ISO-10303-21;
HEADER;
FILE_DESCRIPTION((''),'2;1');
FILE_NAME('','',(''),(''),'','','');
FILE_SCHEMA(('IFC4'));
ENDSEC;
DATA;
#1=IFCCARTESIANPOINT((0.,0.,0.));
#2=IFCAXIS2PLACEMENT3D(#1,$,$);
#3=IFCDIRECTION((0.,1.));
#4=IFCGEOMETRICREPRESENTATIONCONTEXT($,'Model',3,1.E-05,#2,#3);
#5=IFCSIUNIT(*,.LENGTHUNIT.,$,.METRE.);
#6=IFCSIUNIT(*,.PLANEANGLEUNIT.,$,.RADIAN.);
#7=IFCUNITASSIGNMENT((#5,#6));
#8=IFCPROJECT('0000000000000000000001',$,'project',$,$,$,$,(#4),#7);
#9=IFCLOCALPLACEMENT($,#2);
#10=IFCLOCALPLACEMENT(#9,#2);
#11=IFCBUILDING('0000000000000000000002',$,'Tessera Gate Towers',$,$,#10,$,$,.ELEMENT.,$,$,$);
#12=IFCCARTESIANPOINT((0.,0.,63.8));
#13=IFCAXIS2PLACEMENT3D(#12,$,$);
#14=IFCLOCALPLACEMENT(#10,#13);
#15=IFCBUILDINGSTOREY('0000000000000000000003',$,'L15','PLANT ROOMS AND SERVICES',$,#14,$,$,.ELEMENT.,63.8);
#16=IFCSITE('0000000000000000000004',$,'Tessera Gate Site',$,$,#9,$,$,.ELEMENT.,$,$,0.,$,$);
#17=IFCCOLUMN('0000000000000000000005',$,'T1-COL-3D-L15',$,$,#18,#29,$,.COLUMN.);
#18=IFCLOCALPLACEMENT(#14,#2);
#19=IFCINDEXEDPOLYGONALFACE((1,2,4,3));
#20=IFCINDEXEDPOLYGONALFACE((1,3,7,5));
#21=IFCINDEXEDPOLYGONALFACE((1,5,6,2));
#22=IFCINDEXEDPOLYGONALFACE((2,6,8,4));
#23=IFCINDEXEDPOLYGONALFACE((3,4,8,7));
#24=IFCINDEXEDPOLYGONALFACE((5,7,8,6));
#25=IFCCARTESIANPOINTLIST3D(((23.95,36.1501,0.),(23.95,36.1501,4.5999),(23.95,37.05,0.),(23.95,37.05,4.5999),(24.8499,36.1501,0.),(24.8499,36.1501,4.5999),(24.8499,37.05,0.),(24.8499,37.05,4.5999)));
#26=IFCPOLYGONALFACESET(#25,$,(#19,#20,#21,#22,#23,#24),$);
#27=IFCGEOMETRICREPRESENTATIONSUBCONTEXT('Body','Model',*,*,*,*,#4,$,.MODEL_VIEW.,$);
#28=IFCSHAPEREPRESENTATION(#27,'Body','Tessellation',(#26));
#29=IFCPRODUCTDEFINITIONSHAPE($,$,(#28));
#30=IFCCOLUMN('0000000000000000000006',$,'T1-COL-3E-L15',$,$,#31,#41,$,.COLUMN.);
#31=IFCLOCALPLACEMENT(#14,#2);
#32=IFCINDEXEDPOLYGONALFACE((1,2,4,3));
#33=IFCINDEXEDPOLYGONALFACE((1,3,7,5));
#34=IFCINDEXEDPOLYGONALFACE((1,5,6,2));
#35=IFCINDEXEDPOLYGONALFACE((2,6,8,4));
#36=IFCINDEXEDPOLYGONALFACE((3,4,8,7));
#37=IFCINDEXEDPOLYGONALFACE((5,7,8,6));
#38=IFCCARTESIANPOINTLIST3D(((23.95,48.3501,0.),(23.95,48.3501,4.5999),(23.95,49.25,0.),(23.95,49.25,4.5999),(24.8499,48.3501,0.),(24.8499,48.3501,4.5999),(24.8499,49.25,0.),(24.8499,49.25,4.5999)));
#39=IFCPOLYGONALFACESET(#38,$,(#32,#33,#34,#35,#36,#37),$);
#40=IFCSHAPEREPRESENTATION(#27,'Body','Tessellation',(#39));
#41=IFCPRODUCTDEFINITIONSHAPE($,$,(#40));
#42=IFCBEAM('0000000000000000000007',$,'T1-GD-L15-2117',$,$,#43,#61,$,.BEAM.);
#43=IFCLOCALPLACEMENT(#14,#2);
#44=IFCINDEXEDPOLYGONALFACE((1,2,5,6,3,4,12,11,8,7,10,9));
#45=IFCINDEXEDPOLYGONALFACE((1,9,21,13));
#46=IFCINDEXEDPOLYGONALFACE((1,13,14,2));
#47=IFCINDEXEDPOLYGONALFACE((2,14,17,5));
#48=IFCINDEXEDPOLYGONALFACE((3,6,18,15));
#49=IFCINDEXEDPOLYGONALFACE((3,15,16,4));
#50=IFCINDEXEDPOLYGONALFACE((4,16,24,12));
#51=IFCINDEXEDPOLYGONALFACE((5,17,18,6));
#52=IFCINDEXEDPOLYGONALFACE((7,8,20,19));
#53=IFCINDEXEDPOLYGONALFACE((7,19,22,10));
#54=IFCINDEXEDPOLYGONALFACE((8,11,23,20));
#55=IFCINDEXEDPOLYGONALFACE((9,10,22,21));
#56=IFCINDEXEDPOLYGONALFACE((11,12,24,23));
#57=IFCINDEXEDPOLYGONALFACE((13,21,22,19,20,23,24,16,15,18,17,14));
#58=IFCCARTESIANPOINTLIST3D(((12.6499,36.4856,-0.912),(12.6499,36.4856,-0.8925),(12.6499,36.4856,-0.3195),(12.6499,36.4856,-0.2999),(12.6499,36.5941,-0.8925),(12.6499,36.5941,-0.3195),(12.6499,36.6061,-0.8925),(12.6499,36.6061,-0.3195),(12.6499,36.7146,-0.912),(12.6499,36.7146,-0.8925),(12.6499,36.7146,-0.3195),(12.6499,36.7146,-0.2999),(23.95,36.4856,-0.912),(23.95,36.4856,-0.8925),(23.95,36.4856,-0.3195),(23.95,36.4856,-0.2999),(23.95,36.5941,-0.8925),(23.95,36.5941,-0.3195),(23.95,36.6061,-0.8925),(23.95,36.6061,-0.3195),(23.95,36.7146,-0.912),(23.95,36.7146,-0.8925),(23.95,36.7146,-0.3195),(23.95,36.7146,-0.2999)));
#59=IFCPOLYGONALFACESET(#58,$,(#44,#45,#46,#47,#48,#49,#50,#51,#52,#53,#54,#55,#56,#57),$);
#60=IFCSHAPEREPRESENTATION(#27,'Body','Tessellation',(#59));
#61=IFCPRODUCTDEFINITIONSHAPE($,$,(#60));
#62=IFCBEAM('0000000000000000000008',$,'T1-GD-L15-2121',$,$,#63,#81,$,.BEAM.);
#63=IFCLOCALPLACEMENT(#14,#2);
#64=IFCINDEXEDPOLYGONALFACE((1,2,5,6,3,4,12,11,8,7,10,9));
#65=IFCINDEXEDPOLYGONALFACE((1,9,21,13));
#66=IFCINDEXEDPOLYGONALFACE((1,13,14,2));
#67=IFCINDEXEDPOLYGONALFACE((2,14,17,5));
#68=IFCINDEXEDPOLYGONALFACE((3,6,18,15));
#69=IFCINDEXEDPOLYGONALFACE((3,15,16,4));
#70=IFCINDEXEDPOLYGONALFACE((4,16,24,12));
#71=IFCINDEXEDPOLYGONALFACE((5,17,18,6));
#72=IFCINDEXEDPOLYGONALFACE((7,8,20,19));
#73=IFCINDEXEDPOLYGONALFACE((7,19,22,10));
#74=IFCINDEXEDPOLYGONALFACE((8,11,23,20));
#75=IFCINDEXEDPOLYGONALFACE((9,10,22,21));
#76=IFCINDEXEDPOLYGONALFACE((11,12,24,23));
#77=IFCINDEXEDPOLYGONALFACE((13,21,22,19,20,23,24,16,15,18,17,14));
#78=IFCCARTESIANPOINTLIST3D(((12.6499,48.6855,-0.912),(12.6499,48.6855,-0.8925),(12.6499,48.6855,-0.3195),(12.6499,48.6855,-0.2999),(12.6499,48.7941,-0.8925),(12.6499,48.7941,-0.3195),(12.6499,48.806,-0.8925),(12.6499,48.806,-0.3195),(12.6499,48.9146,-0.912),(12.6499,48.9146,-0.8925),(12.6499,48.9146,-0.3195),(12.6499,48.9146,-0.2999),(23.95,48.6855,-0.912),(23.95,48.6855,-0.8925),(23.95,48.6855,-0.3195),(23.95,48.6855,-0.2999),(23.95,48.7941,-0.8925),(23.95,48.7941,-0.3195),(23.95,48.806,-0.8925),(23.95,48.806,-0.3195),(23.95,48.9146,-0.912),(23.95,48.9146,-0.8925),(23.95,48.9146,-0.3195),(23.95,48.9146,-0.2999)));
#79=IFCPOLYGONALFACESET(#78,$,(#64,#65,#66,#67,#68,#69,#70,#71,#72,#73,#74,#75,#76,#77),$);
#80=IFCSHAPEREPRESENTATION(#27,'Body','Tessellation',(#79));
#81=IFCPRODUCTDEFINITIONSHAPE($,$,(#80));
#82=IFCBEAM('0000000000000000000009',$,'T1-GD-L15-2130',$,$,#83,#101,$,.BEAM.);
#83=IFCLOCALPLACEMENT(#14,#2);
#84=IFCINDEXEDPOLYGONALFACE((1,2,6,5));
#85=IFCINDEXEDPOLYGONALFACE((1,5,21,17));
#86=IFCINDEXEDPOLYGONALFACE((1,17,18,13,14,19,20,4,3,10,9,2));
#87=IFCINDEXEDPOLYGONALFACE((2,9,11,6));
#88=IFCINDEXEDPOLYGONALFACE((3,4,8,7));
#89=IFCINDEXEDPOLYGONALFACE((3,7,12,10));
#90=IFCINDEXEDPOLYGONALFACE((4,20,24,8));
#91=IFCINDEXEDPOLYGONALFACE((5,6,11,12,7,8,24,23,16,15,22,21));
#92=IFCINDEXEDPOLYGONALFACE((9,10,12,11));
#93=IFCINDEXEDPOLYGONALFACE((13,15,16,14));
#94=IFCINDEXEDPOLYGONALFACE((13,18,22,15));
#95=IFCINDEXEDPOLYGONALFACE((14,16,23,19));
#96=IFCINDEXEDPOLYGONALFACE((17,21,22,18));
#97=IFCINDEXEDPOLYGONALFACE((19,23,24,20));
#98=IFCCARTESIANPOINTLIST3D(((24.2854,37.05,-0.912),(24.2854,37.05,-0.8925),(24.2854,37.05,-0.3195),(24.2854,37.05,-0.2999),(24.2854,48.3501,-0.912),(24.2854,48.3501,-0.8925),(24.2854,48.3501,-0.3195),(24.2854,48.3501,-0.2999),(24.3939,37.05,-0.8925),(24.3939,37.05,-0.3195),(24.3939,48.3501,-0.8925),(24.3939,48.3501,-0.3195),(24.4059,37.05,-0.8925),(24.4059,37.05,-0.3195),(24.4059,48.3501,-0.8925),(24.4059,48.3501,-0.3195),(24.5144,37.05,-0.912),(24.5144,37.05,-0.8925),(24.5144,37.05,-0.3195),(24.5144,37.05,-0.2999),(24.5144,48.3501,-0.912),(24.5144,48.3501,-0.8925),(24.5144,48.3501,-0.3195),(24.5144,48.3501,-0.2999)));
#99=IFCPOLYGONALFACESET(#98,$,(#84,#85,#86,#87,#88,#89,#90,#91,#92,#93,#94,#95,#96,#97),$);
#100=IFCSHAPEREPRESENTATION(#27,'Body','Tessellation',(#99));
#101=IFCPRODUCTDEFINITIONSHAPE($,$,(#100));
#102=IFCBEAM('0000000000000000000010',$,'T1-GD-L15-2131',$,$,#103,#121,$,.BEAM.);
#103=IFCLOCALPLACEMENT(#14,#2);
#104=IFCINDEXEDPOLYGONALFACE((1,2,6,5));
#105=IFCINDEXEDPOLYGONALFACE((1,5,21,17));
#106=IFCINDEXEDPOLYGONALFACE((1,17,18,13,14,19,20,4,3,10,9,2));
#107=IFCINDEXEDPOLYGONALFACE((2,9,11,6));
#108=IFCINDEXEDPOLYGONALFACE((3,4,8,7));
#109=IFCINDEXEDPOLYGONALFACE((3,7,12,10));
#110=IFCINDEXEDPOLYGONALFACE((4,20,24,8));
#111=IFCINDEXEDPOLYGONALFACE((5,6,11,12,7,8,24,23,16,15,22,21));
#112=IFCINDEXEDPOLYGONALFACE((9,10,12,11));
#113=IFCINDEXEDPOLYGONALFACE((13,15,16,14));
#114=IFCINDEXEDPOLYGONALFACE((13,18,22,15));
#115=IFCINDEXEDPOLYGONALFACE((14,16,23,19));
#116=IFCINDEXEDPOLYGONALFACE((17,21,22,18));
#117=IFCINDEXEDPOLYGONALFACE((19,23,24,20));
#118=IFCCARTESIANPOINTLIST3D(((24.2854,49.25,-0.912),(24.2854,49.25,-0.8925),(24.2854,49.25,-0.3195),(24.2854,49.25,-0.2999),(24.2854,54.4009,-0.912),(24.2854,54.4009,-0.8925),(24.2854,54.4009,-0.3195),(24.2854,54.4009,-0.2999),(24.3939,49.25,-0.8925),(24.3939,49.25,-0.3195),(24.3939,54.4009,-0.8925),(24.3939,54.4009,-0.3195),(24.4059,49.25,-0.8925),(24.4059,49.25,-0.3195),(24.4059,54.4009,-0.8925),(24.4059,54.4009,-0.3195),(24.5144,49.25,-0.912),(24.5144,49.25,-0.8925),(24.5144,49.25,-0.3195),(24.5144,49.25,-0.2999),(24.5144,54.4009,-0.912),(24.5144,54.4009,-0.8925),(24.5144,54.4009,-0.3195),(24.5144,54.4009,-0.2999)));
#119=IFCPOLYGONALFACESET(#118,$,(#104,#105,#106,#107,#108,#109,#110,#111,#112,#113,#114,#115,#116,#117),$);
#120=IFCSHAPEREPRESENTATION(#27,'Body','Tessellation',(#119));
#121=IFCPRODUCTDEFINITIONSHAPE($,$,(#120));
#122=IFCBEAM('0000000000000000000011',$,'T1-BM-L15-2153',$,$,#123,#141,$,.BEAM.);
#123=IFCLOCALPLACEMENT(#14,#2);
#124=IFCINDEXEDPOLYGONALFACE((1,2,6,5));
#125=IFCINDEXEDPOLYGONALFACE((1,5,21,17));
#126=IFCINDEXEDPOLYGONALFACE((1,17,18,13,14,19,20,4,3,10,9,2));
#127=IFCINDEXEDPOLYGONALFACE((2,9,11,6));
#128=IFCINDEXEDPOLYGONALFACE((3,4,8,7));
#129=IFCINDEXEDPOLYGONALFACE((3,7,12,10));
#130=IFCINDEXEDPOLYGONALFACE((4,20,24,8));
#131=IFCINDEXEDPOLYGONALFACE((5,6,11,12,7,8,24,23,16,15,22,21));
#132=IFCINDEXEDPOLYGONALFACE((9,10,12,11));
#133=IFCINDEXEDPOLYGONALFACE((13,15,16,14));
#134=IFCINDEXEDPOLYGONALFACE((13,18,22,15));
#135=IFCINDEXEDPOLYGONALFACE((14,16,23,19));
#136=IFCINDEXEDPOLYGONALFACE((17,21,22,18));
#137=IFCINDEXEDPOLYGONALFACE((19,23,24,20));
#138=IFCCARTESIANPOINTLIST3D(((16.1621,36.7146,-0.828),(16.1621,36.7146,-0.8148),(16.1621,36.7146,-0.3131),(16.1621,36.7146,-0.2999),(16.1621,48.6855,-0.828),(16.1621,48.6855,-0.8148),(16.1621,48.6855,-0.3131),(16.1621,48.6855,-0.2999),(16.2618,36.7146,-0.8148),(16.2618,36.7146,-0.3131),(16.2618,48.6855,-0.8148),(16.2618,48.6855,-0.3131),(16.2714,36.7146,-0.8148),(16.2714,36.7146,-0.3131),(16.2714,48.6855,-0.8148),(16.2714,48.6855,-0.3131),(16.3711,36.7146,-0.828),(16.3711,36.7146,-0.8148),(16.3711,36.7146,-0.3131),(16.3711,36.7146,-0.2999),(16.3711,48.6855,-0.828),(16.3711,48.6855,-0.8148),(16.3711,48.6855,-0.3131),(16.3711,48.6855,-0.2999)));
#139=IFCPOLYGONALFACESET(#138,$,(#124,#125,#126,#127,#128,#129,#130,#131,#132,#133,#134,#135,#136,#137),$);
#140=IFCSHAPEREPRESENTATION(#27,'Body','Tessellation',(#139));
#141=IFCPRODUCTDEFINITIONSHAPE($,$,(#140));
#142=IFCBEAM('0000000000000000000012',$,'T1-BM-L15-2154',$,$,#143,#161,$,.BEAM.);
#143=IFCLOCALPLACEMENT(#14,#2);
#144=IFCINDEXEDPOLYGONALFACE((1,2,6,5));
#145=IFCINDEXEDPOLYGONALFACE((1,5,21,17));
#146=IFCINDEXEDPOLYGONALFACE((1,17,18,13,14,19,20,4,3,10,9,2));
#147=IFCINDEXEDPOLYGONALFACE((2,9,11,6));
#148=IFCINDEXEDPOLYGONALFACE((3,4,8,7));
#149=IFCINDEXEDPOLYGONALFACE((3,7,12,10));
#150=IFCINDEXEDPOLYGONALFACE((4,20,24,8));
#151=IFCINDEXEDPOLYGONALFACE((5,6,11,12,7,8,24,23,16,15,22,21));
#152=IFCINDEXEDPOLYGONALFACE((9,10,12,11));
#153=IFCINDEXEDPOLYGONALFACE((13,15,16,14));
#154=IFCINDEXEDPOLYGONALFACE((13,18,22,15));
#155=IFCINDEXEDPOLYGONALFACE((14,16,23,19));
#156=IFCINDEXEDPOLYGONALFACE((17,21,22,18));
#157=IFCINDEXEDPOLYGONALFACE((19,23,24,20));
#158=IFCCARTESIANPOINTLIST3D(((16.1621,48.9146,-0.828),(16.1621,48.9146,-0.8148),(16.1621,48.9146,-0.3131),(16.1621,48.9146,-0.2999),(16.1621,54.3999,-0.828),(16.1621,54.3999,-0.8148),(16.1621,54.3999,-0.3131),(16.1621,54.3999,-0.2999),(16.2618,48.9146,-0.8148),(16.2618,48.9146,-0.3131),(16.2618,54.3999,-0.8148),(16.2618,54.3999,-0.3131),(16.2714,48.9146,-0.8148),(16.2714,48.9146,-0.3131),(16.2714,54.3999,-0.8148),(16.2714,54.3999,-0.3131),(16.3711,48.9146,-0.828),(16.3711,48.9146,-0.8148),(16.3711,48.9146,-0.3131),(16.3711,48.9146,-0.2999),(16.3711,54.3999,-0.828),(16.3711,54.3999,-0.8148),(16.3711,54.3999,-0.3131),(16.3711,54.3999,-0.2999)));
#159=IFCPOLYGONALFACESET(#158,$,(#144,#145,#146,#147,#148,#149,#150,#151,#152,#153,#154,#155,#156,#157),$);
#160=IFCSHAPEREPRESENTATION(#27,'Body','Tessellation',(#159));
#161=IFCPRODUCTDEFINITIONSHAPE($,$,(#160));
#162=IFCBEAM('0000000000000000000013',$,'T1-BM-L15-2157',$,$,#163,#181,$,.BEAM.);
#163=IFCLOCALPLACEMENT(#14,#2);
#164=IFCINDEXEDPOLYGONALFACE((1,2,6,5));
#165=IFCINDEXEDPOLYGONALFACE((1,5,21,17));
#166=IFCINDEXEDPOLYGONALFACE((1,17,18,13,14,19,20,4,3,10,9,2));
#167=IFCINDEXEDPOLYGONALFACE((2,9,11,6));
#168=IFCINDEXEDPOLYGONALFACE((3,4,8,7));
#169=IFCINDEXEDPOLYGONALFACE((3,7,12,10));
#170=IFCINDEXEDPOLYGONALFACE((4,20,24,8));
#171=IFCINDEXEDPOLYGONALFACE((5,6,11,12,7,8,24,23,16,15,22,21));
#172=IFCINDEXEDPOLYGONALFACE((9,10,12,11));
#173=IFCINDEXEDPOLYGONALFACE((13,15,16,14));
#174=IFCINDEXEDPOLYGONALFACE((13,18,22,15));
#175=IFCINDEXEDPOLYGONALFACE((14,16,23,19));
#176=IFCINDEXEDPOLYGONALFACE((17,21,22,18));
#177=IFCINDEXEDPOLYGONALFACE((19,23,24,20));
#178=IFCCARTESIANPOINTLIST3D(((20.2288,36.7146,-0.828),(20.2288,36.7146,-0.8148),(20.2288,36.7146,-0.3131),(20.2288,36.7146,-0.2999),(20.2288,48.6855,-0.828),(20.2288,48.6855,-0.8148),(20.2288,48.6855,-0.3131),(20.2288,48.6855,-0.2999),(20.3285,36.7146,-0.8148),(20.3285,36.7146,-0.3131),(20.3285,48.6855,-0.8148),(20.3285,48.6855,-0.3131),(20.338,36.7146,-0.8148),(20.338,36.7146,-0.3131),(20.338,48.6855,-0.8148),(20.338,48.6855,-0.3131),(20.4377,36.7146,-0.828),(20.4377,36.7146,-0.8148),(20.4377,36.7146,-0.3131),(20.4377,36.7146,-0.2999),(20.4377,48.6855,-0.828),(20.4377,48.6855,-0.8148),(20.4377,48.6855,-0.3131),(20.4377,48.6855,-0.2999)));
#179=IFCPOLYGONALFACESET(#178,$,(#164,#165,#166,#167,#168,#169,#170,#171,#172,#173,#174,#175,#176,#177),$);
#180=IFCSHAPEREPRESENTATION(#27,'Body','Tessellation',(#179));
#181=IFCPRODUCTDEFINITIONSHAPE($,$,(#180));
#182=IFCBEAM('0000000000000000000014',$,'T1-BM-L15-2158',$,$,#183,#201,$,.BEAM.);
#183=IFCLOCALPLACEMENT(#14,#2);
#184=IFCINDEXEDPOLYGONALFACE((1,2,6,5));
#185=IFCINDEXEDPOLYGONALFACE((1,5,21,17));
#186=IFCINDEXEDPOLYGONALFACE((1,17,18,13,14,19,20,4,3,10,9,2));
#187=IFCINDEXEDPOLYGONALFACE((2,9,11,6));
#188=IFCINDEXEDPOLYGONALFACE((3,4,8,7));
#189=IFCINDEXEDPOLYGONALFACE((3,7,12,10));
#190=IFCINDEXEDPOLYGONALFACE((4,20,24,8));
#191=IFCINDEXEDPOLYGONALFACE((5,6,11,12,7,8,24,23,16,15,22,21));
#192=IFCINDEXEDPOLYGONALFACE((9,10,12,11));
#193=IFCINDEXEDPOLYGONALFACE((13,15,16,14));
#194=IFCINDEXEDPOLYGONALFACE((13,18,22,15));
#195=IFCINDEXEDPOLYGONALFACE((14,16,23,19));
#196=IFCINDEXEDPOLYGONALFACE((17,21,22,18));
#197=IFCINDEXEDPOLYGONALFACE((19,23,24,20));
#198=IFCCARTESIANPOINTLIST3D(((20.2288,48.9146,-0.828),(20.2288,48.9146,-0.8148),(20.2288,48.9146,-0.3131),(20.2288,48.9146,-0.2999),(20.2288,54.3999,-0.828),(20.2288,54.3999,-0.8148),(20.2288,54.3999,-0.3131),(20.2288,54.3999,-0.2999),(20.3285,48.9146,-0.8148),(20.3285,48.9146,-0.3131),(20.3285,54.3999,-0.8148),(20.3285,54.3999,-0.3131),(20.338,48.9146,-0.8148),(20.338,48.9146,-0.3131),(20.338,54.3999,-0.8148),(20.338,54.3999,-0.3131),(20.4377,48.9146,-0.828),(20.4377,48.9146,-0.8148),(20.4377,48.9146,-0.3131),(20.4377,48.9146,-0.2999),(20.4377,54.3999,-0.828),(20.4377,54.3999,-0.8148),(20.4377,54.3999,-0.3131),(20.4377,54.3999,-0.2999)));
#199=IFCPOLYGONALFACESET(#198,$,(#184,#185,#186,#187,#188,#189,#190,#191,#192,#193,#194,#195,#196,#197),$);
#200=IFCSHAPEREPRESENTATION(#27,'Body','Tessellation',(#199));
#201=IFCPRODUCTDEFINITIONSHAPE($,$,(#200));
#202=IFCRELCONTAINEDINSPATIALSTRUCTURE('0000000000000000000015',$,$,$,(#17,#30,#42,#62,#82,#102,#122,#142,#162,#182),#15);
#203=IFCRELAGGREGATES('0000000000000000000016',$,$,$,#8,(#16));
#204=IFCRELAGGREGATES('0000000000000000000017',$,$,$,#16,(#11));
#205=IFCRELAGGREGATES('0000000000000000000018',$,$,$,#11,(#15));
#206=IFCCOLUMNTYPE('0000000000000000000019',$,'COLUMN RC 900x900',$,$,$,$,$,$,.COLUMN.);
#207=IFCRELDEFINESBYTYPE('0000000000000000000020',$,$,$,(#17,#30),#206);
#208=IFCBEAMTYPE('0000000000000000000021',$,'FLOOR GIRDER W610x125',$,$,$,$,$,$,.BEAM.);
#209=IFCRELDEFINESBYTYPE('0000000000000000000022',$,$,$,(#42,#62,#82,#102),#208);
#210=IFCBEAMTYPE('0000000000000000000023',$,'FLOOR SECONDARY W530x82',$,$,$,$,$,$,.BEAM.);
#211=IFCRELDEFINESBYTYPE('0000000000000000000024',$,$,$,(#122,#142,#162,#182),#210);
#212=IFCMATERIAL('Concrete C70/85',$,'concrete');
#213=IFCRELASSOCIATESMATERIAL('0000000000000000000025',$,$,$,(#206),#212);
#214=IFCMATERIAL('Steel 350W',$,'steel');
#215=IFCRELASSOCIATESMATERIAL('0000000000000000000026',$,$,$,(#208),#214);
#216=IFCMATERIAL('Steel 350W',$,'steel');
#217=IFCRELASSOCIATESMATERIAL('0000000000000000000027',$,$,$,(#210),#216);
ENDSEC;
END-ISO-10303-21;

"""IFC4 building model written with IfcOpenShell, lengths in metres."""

from ifc_helpers import new_model, si_unit, direction, frame, origin, origin_2d, place, context, subcontext, project, spatial, rectangle, i_section, extrude, material, material_profile, profile_set, type_object, element, save


model = new_model("IFC4")

# Units and contexts
model_context = context("Model", 3, precision=1e-05, world=origin(), true_north=direction((0.0, 1.0)))
body_context = subcontext(model_context, "Body", "Model", "MODEL_VIEW")
ifc_project = project(units=[si_unit("LENGTHUNIT", "METRE"), si_unit("PLANEANGLEUNIT", "RADIAN")], contexts=[model_context])

# Site, building, storey
site_placement = place(None, origin())
site = spatial("IfcSite", under=ifc_project, at=site_placement, Name="Tessera Gate Site", CompositionType="ELEMENT", RefElevation=0.0)
building_placement = place(site_placement, origin())
building = spatial("IfcBuilding", under=site, at=building_placement, Name="Tessera Gate Towers", CompositionType="ELEMENT")
storey_placement = place(building_placement, frame((0.0, 0.0, 63.8)))
storey = spatial("IfcBuildingStorey", under=building, at=storey_placement, Name="L15", Description="PLANT ROOMS AND SERVICES", CompositionType="ELEMENT", Elevation=63.8)

# Columns
ifc_material_1 = material(Name="Concrete C70/85", Category="concrete")
ifc_material_profile_1 = material_profile(ifc_material_1, rectangle(XDim=0.8999, YDim=0.8999, at=origin_2d()), Name="RC 900x900")
ifc_profile_set_1 = profile_set([ifc_material_profile_1], Name="Concrete C70/85")
column_type = type_object("IfcColumnType", Name="COLUMN RC 900x900", PredefinedType="COLUMN", material=ifc_profile_set_1)
for number, where, z_axis, x_axis, name in (
    (1, (24.3999, 36.6001, 0.0), (0.0, 0.0, 1.0), (1.0, 0.0, 0.0), "T1-COL-3D-L15"),
    (2, (24.3999, 48.8, 0.0), (0.0, 0.0, 1.0), (1.0, 0.0, 0.0), "T1-COL-3E-L15"),
):
    element("IfcColumn", number, at=place(storey_placement, frame(where, z_axis=z_axis, x_axis=x_axis)), inside=storey, type_object=column_type, Name=name, PredefinedType="COLUMN", context=body_context, shape_type="SweptSolid", body=[
        extrude(rectangle(XDim=0.8999, YDim=0.8999, at=origin_2d()), origin(), (0.0, 0.0, 1.0), 4.5999),
    ])

# Beams
ifc_material_2 = material(Name="Steel 350W", Category="steel")
ifc_material_profile_2 = material_profile(ifc_material_2, i_section(OverallWidth=0.229, OverallDepth=0.6121, WebThickness=0.012, FlangeThickness=0.0195, at=origin_2d()), Name="W610x125")
ifc_profile_set_2 = profile_set([ifc_material_profile_2], Name="Steel 350W")
beam_type_1 = type_object("IfcBeamType", Name="FLOOR GIRDER W610x125", PredefinedType="BEAM", material=ifc_profile_set_2)
for number, where, z_axis, x_axis, name in (
    (3, (12.6499, 36.6001, -0.606), (1.0, 0.0, 0.0), (0.0, 1.0, 0.0), "T1-GD-L15-2117"),
    (4, (12.6499, 48.8, -0.606), (1.0, 0.0, 0.0), (0.0, 1.0, 0.0), "T1-GD-L15-2121"),
    (5, (24.3999, 37.05, -0.606), (0.0, 1.0, 0.0), (-1.0, 0.0, 0.0), "T1-GD-L15-2130"),
):
    element("IfcBeam", number, at=place(storey_placement, frame(where, z_axis=z_axis, x_axis=x_axis)), inside=storey, type_object=beam_type_1, Name=name, PredefinedType="BEAM", context=body_context, shape_type="SweptSolid", body=[
        extrude(i_section(OverallWidth=0.229, OverallDepth=0.6121, WebThickness=0.012, FlangeThickness=0.0195, at=origin_2d()), origin(), (0.0, 0.0, 1.0), 11.3),
    ])
beam_1_placement = place(storey_placement, frame((24.3999, 49.25, -0.606), z_axis=(0.0, 1.0, 0.0), x_axis=(-1.0, 0.0, 0.0)))
element("IfcBeam", 6, at=beam_1_placement, inside=storey, type_object=beam_type_1, Name="T1-GD-L15-2131", PredefinedType="BEAM", context=body_context, shape_type="SweptSolid", body=[
    extrude(i_section(OverallWidth=0.229, OverallDepth=0.6121, WebThickness=0.012, FlangeThickness=0.0195, at=origin_2d()), origin(), (0.0, 0.0, 1.0), 5.1509),
])
ifc_material_3 = material(Name="Steel 350W", Category="steel")
ifc_material_profile_3 = material_profile(ifc_material_3, i_section(OverallWidth=0.209, OverallDepth=0.5281, WebThickness=0.0095, FlangeThickness=0.0132, at=origin_2d()), Name="W530x82")
ifc_profile_set_3 = profile_set([ifc_material_profile_3], Name="Steel 350W")
beam_type_2 = type_object("IfcBeamType", Name="FLOOR SECONDARY W530x82", PredefinedType="BEAM", material=ifc_profile_set_3)
beam_2_placement = place(storey_placement, frame((16.2666, 36.7146, -0.564), z_axis=(0.0, 1.0, 0.0), x_axis=(-1.0, 0.0, 0.0)))
element("IfcBeam", 7, at=beam_2_placement, inside=storey, type_object=beam_type_2, Name="T1-BM-L15-2153", PredefinedType="BEAM", context=body_context, shape_type="SweptSolid", body=[
    extrude(i_section(OverallWidth=0.209, OverallDepth=0.5281, WebThickness=0.0095, FlangeThickness=0.0132, at=origin_2d()), origin(), (0.0, 0.0, 1.0), 11.9709),
])
beam_3_placement = place(storey_placement, frame((16.2666, 48.9146, -0.564), z_axis=(0.0, 1.0, 0.0), x_axis=(-1.0, 0.0, 0.0)))
element("IfcBeam", 8, at=beam_3_placement, inside=storey, type_object=beam_type_2, Name="T1-BM-L15-2154", PredefinedType="BEAM", context=body_context, shape_type="SweptSolid", body=[
    extrude(i_section(OverallWidth=0.209, OverallDepth=0.5281, WebThickness=0.0095, FlangeThickness=0.0132, at=origin_2d()), origin(), (0.0, 0.0, 1.0), 5.4854),
])
beam_4_placement = place(storey_placement, frame((20.3333, 36.7146, -0.564), z_axis=(0.0, 1.0, 0.0), x_axis=(-1.0, 0.0, 0.0)))
element("IfcBeam", 9, at=beam_4_placement, inside=storey, type_object=beam_type_2, Name="T1-BM-L15-2157", PredefinedType="BEAM", context=body_context, shape_type="SweptSolid", body=[
    extrude(i_section(OverallWidth=0.209, OverallDepth=0.5281, WebThickness=0.0095, FlangeThickness=0.0132, at=origin_2d()), origin(), (0.0, 0.0, 1.0), 11.9709),
])
beam_5_placement = place(storey_placement, frame((20.3333, 48.9146, -0.564), z_axis=(0.0, 1.0, 0.0), x_axis=(-1.0, 0.0, 0.0)))
element("IfcBeam", 10, at=beam_5_placement, inside=storey, type_object=beam_type_2, Name="T1-BM-L15-2158", PredefinedType="BEAM", context=body_context, shape_type="SweptSolid", body=[
    extrude(i_section(OverallWidth=0.209, OverallDepth=0.5281, WebThickness=0.0095, FlangeThickness=0.0132, at=origin_2d()), origin(), (0.0, 0.0, 1.0), 5.4854),
])

save(model, "model.ifc")
